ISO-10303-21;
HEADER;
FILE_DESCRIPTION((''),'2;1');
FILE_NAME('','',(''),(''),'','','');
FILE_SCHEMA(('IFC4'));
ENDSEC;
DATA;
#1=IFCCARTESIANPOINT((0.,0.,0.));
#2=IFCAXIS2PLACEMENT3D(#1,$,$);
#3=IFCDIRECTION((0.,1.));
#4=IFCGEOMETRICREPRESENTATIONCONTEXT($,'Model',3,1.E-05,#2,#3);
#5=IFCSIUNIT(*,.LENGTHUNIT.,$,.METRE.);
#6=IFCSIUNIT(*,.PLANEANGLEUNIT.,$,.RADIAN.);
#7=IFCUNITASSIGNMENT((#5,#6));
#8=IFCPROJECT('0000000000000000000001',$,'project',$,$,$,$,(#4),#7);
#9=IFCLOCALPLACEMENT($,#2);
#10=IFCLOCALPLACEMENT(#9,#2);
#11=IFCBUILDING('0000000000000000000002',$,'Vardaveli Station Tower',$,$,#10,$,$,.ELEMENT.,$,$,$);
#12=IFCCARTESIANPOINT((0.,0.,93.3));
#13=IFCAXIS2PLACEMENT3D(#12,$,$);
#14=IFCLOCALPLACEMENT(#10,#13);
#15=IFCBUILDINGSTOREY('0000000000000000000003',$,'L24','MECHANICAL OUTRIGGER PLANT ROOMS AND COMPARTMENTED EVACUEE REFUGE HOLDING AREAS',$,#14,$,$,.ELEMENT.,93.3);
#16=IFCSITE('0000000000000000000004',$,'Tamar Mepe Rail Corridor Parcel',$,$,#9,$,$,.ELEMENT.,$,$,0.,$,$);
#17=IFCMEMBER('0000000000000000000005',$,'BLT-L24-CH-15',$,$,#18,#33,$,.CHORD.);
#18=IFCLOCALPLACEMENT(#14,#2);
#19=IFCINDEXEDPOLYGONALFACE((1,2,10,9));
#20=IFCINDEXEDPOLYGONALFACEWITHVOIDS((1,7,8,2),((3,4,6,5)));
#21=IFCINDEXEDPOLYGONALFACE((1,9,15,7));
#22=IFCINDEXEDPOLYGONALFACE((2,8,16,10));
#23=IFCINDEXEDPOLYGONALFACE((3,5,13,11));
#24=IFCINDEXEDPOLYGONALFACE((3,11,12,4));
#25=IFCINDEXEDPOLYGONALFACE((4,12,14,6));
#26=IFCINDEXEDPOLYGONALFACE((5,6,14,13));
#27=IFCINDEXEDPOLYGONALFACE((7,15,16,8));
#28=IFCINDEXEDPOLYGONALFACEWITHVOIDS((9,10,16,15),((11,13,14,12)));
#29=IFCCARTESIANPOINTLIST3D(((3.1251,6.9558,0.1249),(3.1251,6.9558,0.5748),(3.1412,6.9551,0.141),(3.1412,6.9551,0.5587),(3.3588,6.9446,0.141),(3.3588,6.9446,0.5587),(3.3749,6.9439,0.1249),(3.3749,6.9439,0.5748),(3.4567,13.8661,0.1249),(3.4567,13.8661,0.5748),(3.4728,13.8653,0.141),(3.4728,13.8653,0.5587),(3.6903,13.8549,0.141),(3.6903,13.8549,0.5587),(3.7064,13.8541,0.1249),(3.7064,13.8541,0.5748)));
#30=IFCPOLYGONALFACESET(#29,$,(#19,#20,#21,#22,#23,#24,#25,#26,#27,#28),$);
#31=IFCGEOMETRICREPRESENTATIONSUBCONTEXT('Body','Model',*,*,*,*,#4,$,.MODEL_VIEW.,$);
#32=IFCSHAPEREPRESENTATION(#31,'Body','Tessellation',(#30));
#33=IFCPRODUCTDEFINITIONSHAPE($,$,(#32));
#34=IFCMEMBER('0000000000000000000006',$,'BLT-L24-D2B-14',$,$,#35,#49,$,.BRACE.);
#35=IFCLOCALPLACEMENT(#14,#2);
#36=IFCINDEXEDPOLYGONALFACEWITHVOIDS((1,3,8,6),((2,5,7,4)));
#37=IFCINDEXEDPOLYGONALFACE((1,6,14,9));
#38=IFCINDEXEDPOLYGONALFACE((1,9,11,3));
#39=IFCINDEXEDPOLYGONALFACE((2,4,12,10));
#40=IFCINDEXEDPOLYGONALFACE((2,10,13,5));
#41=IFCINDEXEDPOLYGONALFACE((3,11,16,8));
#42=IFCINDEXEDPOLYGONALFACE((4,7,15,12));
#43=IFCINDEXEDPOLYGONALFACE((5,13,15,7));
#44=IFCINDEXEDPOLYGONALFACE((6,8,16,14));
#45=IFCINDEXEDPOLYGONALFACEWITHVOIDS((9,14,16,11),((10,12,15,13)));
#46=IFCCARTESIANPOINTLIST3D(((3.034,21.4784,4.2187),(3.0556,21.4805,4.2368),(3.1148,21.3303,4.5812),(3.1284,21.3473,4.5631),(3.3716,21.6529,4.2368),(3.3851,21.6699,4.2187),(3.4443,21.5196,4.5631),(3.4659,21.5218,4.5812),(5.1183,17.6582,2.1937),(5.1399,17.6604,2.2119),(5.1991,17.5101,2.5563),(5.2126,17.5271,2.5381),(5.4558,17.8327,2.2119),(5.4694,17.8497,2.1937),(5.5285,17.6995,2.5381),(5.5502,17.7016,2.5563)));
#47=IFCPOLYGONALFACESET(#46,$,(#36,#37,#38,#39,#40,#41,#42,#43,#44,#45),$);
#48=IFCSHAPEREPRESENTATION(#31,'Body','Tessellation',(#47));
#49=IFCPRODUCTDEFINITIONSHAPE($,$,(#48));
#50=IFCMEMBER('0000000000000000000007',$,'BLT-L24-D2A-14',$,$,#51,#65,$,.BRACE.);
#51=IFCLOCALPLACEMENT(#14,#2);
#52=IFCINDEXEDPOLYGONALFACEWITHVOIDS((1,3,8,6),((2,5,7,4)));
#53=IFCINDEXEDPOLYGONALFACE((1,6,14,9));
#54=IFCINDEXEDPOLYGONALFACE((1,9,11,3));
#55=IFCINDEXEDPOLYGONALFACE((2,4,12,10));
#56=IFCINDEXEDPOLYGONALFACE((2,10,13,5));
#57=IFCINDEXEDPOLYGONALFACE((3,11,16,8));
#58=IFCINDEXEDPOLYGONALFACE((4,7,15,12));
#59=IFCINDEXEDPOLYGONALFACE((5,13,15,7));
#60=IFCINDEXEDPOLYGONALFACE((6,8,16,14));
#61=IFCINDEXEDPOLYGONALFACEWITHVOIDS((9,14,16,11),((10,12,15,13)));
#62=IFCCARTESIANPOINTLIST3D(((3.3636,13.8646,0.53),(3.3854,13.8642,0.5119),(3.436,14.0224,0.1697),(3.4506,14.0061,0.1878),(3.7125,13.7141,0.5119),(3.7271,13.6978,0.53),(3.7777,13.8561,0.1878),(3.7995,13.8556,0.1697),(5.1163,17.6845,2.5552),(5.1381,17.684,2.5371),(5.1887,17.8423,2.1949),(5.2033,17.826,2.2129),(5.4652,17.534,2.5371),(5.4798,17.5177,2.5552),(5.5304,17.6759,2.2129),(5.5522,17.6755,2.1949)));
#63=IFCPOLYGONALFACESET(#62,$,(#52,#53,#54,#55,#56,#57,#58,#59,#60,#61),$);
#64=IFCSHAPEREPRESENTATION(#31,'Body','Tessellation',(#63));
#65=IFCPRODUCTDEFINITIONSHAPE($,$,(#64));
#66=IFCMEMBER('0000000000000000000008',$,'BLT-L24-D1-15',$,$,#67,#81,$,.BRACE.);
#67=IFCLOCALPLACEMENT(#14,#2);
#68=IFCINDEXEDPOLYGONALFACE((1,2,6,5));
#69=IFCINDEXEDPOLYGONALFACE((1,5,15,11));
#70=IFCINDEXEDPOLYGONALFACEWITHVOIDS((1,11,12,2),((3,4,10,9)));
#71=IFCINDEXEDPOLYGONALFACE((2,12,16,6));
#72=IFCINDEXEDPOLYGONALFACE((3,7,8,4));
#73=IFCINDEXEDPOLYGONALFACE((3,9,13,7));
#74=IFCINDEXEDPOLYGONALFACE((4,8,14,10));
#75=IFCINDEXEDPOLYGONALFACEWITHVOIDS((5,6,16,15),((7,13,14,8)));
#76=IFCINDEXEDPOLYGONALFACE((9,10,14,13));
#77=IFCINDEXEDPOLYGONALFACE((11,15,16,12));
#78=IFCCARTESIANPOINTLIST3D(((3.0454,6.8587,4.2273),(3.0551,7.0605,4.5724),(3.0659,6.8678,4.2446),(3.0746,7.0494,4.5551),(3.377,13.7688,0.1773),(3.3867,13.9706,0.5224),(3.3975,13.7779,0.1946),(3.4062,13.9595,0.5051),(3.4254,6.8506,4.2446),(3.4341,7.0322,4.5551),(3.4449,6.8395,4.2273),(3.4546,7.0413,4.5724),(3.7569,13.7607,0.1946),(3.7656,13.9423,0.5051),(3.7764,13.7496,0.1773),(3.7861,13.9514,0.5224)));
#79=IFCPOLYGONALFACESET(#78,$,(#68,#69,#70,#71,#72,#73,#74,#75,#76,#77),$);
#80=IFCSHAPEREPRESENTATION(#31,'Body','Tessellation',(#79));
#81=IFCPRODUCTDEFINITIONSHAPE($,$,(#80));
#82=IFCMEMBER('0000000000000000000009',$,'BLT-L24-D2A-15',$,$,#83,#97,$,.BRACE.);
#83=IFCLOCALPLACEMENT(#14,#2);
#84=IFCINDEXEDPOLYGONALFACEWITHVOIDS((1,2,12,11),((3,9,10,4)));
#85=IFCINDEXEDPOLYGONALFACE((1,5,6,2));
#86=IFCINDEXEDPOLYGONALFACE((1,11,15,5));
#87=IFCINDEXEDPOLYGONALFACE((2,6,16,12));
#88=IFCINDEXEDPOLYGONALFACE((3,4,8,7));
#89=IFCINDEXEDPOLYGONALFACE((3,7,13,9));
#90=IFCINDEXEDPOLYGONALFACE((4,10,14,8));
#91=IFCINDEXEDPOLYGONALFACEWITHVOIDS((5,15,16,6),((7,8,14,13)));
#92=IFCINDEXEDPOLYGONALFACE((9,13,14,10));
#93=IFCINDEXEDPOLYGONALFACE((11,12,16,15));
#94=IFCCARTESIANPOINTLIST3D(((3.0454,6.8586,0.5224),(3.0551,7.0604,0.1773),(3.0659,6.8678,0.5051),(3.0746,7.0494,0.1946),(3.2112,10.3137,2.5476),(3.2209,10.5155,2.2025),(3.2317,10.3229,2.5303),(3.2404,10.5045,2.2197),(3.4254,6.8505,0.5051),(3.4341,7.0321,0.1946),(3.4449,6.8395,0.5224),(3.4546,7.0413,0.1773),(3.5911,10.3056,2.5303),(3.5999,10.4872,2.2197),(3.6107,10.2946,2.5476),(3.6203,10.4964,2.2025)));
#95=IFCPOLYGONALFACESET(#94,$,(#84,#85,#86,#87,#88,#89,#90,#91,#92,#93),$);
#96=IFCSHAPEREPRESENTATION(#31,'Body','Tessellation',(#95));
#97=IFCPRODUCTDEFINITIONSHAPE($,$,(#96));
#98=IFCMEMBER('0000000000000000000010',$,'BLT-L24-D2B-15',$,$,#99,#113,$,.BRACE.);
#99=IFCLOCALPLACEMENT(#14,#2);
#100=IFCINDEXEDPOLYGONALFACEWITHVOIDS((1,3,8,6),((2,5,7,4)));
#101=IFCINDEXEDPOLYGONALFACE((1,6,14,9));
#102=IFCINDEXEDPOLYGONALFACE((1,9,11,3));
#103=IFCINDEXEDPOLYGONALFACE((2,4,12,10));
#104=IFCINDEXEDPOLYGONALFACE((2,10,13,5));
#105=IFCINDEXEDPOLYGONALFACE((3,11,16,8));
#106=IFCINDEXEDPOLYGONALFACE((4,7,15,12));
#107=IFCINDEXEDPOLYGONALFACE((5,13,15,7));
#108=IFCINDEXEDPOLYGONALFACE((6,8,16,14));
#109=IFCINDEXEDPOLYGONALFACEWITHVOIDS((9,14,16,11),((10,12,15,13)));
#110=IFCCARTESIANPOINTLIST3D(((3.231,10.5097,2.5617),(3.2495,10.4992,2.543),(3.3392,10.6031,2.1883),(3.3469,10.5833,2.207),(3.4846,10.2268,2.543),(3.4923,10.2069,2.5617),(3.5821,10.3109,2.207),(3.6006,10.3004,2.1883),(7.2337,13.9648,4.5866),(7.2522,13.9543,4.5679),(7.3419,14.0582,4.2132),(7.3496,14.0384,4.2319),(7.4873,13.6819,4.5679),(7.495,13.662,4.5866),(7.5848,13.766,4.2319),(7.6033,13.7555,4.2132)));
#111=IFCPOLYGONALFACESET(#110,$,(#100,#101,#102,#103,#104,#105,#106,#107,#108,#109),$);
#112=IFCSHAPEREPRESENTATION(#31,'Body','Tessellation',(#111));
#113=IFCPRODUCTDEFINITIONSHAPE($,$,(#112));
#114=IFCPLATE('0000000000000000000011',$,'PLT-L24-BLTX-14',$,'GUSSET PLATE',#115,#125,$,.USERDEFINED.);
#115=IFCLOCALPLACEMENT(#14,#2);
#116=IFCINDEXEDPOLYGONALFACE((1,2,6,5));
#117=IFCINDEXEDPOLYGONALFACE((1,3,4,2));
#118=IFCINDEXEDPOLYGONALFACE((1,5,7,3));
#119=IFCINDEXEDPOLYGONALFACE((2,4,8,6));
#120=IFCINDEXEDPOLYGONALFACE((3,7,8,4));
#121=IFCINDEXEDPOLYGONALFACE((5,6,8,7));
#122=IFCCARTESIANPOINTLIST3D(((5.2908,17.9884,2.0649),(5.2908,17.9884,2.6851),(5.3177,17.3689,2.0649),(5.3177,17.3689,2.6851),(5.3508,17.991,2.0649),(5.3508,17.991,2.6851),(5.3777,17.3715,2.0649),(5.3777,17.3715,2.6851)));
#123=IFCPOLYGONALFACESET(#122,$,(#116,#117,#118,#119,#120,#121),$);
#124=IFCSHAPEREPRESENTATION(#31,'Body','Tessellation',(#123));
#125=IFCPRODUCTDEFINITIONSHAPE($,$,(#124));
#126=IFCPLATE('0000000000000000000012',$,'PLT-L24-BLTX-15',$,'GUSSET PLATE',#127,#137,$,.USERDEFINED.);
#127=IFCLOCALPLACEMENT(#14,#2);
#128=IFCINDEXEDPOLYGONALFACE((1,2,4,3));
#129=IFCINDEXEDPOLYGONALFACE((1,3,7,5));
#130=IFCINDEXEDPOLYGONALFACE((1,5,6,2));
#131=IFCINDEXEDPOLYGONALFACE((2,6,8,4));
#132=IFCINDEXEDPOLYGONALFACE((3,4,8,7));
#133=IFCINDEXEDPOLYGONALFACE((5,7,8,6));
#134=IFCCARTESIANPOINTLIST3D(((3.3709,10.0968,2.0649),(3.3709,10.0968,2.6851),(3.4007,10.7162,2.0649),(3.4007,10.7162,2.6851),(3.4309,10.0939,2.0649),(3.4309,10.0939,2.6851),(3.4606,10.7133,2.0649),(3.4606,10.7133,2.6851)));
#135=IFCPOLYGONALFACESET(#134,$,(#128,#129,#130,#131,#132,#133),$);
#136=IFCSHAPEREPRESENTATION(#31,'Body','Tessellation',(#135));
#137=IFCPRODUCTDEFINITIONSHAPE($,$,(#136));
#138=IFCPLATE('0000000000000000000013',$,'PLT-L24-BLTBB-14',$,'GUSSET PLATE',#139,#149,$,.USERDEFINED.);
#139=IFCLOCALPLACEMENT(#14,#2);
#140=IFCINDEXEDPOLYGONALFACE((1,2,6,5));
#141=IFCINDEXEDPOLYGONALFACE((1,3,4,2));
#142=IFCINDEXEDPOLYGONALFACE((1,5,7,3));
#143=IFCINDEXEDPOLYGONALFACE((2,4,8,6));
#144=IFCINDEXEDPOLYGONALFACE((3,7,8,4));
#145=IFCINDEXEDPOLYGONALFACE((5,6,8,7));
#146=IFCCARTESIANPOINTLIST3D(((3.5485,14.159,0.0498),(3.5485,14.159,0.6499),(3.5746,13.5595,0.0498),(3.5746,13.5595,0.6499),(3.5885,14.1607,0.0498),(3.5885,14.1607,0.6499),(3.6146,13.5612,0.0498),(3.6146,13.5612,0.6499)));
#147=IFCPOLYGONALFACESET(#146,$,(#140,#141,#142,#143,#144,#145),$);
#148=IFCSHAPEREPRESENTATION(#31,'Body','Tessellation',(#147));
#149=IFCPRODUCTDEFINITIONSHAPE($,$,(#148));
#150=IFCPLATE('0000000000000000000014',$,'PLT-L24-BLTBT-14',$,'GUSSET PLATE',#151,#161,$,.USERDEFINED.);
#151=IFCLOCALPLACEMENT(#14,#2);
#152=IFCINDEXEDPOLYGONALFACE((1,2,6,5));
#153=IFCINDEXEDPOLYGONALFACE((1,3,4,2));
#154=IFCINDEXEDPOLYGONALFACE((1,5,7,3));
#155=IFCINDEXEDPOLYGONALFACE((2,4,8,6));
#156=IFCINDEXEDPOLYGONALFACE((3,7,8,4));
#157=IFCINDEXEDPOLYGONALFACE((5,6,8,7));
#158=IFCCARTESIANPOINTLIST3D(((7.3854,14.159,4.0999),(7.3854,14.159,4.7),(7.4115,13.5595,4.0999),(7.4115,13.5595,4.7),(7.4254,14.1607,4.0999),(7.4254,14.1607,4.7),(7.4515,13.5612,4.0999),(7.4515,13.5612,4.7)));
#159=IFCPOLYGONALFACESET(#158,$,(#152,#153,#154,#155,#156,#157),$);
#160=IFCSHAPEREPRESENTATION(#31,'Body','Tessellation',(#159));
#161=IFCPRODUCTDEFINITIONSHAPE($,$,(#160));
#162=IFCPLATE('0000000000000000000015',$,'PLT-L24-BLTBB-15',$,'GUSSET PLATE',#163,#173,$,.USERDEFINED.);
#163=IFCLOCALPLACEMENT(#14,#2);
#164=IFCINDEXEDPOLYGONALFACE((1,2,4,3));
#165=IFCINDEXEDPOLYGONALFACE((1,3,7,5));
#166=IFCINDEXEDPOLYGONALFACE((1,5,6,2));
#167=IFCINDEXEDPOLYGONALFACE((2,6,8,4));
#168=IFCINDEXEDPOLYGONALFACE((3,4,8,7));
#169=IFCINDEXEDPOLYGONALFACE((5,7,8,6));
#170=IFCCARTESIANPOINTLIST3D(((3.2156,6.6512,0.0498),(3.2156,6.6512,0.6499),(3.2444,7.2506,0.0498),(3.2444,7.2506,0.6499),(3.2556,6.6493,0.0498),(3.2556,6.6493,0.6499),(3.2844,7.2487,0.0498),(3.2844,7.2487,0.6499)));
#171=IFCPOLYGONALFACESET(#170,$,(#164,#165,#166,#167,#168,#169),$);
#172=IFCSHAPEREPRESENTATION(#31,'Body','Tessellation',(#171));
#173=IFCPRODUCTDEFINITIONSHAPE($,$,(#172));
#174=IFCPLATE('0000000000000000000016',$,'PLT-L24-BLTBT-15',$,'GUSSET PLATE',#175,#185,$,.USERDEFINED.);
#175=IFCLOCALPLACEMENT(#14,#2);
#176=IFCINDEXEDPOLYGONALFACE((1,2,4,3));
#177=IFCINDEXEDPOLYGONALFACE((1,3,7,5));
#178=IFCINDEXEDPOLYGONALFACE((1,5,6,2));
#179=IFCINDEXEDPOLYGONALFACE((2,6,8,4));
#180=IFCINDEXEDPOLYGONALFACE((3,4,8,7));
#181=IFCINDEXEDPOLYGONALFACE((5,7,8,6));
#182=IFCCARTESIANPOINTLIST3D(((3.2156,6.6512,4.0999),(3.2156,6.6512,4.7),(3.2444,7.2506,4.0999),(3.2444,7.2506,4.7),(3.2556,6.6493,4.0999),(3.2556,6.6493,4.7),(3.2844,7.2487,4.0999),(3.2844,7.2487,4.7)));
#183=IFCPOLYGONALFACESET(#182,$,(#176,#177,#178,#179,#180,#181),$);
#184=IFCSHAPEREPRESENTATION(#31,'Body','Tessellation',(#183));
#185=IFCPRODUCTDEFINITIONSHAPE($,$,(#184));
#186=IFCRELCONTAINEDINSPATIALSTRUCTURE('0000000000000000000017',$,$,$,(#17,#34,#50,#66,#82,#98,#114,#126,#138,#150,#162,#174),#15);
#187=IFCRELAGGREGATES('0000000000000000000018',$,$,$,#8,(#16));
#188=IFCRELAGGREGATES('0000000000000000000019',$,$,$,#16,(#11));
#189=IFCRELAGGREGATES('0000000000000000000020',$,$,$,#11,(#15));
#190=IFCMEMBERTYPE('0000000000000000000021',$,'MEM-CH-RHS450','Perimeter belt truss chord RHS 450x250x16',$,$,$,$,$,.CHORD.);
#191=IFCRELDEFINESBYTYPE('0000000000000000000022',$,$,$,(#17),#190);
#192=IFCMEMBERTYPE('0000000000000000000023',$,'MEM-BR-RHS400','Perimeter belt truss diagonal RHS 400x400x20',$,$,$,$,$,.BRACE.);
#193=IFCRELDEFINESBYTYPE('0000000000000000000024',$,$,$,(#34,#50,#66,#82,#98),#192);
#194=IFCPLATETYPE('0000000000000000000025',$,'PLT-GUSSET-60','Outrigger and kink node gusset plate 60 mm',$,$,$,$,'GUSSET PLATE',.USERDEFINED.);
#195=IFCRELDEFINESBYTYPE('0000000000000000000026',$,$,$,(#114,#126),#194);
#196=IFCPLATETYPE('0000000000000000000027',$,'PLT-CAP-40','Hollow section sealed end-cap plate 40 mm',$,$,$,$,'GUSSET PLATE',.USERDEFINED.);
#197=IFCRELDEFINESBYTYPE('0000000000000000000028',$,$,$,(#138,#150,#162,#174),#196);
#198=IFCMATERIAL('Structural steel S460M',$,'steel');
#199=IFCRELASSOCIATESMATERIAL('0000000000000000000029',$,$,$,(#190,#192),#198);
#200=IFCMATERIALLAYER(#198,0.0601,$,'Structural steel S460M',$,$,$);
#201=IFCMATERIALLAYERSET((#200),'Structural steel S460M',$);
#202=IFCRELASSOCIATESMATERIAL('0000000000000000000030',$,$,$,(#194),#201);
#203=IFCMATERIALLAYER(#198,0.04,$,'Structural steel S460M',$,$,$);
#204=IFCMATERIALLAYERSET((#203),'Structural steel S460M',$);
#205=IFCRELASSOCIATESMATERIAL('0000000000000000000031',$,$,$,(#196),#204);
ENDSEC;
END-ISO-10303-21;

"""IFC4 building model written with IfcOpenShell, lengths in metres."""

from ifc_helpers import new_model, si_unit, direction, frame, origin, origin_2d, place, context, subcontext, project, spatial, rectangle, hollow_rectangle, extrude, source, transform, mapped, material, layer, layer_set, material_profile, profile_set, type_object, element, save


model = new_model("IFC4")

# Units and contexts
model_context = context("Model", 3, precision=1e-05, world=origin(), true_north=direction((0.0, 1.0)))
body_context = subcontext(model_context, "Body", "Model", "MODEL_VIEW")
ifc_project = project(units=[si_unit("LENGTHUNIT", "METRE"), si_unit("PLANEANGLEUNIT", "RADIAN")], contexts=[model_context])

# Site, building, storey
site_placement = place(None, origin())
site = spatial("IfcSite", under=ifc_project, at=site_placement, Name="Tamar Mepe Rail Corridor Parcel", CompositionType="ELEMENT", RefElevation=0.0)
building_placement = place(site_placement, origin())
building = spatial("IfcBuilding", under=site, at=building_placement, Name="Vardaveli Station Tower", CompositionType="ELEMENT")
storey_placement = place(building_placement, frame((0.0, 0.0, 93.3)))
storey = spatial("IfcBuildingStorey", under=building, at=storey_placement, Name="L24", Description="MECHANICAL OUTRIGGER PLANT ROOMS AND COMPARTMENTED EVACUEE REFUGE HOLDING AREAS", CompositionType="ELEMENT", Elevation=93.3)

# Shared definitions
ifc_material_1 = material(Name="Structural steel S460M", Category="steel")

# Members
ifc_material_profile_1 = material_profile(ifc_material_1, hollow_rectangle(XDim=0.25, YDim=0.45, WallThickness=0.0161, at=origin_2d()), Name="RHS 450x250x16")
ifc_profile_set_1 = profile_set([ifc_material_profile_1], Name="Structural steel S460M")
member_type_1 = type_object("IfcMemberType", Name="MEM-CH-RHS450", Description="Perimeter belt truss chord RHS 450x250x16", PredefinedType="CHORD", material=ifc_profile_set_1)
shared_shape_1 = source(origin(), body_context, "Body", "SweptSolid", [
    extrude(hollow_rectangle(XDim=0.25, YDim=0.45, WallThickness=0.0161, at=origin_2d()), origin(), (0.0, 0.0, 1.0), 6.9182),
])
member_1_placement = place(storey_placement, frame((3.5815, 13.8601, 0.3499), z_axis=(-0.047924, -0.998851, 0.0), x_axis=(0.998851, -0.047924, 0.0)))
element("IfcMember", 1, at=member_1_placement, inside=storey, type_object=member_type_1, Name="BLT-L24-CH-15", PredefinedType="CHORD", context=body_context, shape_type="MappedRepresentation", body=[
    mapped(shared_shape_1, transform((0.0, 0.0, 0.0), scale=1.0)),
])
ifc_material_profile_2 = material_profile(ifc_material_1, hollow_rectangle(XDim=0.3999, YDim=0.3999, WallThickness=0.02, at=origin_2d()), Name="RHS 400x400x20")
ifc_profile_set_2 = profile_set([ifc_material_profile_2], Name="Structural steel S460M")
member_type_2 = type_object("IfcMemberType", Name="MEM-BR-RHS400", Description="Perimeter belt truss diagonal RHS 400x400x20", PredefinedType="BRACE", material=ifc_profile_set_2)
shared_shape_2 = source(origin(), body_context, "Body", "SweptSolid", [
    extrude(hollow_rectangle(XDim=0.3999, YDim=0.3999, WallThickness=0.02, at=origin_2d()), origin(), (0.0, 0.0, 1.0), 4.7998),
])
member_2_placement = place(storey_placement, frame((5.3342, 17.6799, 2.375), z_axis=(-0.434241, 0.795897, 0.421881), x_axis=(-0.877842, -0.47895, 0.0)))
element("IfcMember", 2, at=member_2_placement, inside=storey, type_object=member_type_2, Name="BLT-L24-D2B-14", PredefinedType="BRACE", context=body_context, shape_type="MappedRepresentation", body=[
    mapped(shared_shape_2, transform((0.0, 0.0, 0.0), scale=1.0)),
])
shared_shape_3 = source(origin(), body_context, "Body", "SweptSolid", [
    extrude(hollow_rectangle(XDim=0.3999, YDim=0.3999, WallThickness=0.02, at=origin_2d()), origin(), (0.0, 0.0, 1.0), 4.6653),
])
member_3_placement = place(storey_placement, frame((3.5815, 13.8601, 0.3499), z_axis=(0.375693, 0.818789, 0.434095), x_axis=(-0.908891, 0.417035, 0.0)))
element("IfcMember", 3, at=member_3_placement, inside=storey, type_object=member_type_2, Name="BLT-L24-D2A-14", PredefinedType="BRACE", context=body_context, shape_type="MappedRepresentation", body=[
    mapped(shared_shape_3, transform((0.0, 0.0, 0.0), scale=1.0)),
])
shared_shape_4 = source(origin(), body_context, "Body", "SweptSolid", [
    extrude(hollow_rectangle(XDim=0.3999, YDim=0.3999, WallThickness=0.02, at=origin_2d()), origin(), (0.0, 0.0, 1.0), 8.0164),
])
member_4_placement = place(storey_placement, frame((3.5815, 13.8601, 0.3499), z_axis=(-0.041358, -0.862, 0.505219), x_axis=(0.998851, -0.047924, 0.0)))
element("IfcMember", 4, at=member_4_placement, inside=storey, type_object=member_type_2, Name="BLT-L24-D1-15", PredefinedType="BRACE", context=body_context, shape_type="MappedRepresentation", body=[
    mapped(shared_shape_4, transform((0.0, 0.0, 0.0), scale=1.0)),
])
shared_shape_5 = source(origin(), body_context, "Body", "SweptSolid", [
    extrude(hollow_rectangle(XDim=0.3999, YDim=0.3999, WallThickness=0.02, at=origin_2d()), origin(), (0.0, 0.0, 1.0), 4.0083),
])
member_5_placement = place(storey_placement, frame((3.25, 6.95, 0.3499), z_axis=(0.041357, 0.861986, 0.505241), x_axis=(-0.998851, 0.047924, 0.0)))
element("IfcMember", 5, at=member_5_placement, inside=storey, type_object=member_type_2, Name="BLT-L24-D2A-15", PredefinedType="BRACE", context=body_context, shape_type="MappedRepresentation", body=[
    mapped(shared_shape_5, transform((0.0, 0.0, 0.0), scale=1.0)),
])
shared_shape_6 = source(origin(), body_context, "Body", "SweptSolid", [
    extrude(hollow_rectangle(XDim=0.3999, YDim=0.3999, WallThickness=0.02, at=origin_2d()), origin(), (0.0, 0.0, 1.0), 5.6621),
])
member_6_placement = place(storey_placement, frame((3.4158, 10.405, 2.375), z_axis=(0.706927, 0.610212, 0.357624), x_axis=(-0.653426, 0.75699, 0.0)))
element("IfcMember", 6, at=member_6_placement, inside=storey, type_object=member_type_2, Name="BLT-L24-D2B-15", PredefinedType="BRACE", context=body_context, shape_type="MappedRepresentation", body=[
    mapped(shared_shape_6, transform((0.0, 0.0, 0.0), scale=1.0)),
])

# Plates
ifc_layer_1 = layer(ifc_material_1, 0.0601, Name="Structural steel S460M")
ifc_layer_set_1 = layer_set([ifc_layer_1], Name="Structural steel S460M")
plate_type_1 = type_object("IfcPlateType", Name="PLT-GUSSET-60", Description="Outrigger and kink node gusset plate 60 mm", ElementType="GUSSET PLATE", PredefinedType="USERDEFINED", material=ifc_layer_set_1)
shared_shape_7 = source(origin(), body_context, "Body", "SweptSolid", [
    extrude(rectangle(XDim=0.6201, YDim=0.0601, at=origin_2d()), origin(), (0.0, 0.0, 1.0), 0.6201),
])
for number, where, z_axis, x_axis, name in (
    (7, (5.3342, 17.6799, 2.0649), (0.0, 0.0, 1.0), (0.043445, -0.999056, 0.0), "PLT-L24-BLTX-14"),
    (8, (3.4158, 10.405, 2.0649), (0.0, 0.0, 1.0), (-0.047978, -0.998848, 0.0), "PLT-L24-BLTX-15"),
):
    element("IfcPlate", number, at=place(storey_placement, frame(where, z_axis=z_axis, x_axis=x_axis)), inside=storey, type_object=plate_type_1, Name=name, ObjectType="GUSSET PLATE", PredefinedType="USERDEFINED", context=body_context, shape_type="MappedRepresentation", body=[
        mapped(shared_shape_7, transform((0.0, 0.0, 0.0), scale=1.0)),
    ])
ifc_layer_2 = layer(ifc_material_1, 0.04, Name="Structural steel S460M")
ifc_layer_set_2 = layer_set([ifc_layer_2], Name="Structural steel S460M")
plate_type_2 = type_object("IfcPlateType", Name="PLT-CAP-40", Description="Hollow section sealed end-cap plate 40 mm", ElementType="GUSSET PLATE", PredefinedType="USERDEFINED", material=ifc_layer_set_2)
shared_shape_8 = source(origin(), body_context, "Body", "SweptSolid", [
    extrude(rectangle(XDim=0.6001, YDim=0.04, at=origin_2d()), origin(), (0.0, 0.0, 1.0), 0.6001),
])
for number, where, z_axis, x_axis, name in (
    (9, (3.5815, 13.8601, 0.0498), (0.0, 0.0, 1.0), (0.043445, -0.999056, 0.0), "PLT-L24-BLTBB-14"),
    (10, (7.4185, 13.8601, 4.0999), (0.0, 0.0, 1.0), (0.043445, -0.999056, 0.0), "PLT-L24-BLTBT-14"),
    (11, (3.25, 6.95, 0.0498), (0.0, 0.0, 1.0), (-0.047978, -0.998848, 0.0), "PLT-L24-BLTBB-15"),
    (12, (3.25, 6.95, 4.0999), (0.0, 0.0, 1.0), (-0.047978, -0.998848, 0.0), "PLT-L24-BLTBT-15"),
):
    element("IfcPlate", number, at=place(storey_placement, frame(where, z_axis=z_axis, x_axis=x_axis)), inside=storey, type_object=plate_type_2, Name=name, ObjectType="GUSSET PLATE", PredefinedType="USERDEFINED", context=body_context, shape_type="MappedRepresentation", body=[
        mapped(shared_shape_8, transform((0.0, 0.0, 0.0), scale=1.0)),
    ])

save(model, "model.ifc")
